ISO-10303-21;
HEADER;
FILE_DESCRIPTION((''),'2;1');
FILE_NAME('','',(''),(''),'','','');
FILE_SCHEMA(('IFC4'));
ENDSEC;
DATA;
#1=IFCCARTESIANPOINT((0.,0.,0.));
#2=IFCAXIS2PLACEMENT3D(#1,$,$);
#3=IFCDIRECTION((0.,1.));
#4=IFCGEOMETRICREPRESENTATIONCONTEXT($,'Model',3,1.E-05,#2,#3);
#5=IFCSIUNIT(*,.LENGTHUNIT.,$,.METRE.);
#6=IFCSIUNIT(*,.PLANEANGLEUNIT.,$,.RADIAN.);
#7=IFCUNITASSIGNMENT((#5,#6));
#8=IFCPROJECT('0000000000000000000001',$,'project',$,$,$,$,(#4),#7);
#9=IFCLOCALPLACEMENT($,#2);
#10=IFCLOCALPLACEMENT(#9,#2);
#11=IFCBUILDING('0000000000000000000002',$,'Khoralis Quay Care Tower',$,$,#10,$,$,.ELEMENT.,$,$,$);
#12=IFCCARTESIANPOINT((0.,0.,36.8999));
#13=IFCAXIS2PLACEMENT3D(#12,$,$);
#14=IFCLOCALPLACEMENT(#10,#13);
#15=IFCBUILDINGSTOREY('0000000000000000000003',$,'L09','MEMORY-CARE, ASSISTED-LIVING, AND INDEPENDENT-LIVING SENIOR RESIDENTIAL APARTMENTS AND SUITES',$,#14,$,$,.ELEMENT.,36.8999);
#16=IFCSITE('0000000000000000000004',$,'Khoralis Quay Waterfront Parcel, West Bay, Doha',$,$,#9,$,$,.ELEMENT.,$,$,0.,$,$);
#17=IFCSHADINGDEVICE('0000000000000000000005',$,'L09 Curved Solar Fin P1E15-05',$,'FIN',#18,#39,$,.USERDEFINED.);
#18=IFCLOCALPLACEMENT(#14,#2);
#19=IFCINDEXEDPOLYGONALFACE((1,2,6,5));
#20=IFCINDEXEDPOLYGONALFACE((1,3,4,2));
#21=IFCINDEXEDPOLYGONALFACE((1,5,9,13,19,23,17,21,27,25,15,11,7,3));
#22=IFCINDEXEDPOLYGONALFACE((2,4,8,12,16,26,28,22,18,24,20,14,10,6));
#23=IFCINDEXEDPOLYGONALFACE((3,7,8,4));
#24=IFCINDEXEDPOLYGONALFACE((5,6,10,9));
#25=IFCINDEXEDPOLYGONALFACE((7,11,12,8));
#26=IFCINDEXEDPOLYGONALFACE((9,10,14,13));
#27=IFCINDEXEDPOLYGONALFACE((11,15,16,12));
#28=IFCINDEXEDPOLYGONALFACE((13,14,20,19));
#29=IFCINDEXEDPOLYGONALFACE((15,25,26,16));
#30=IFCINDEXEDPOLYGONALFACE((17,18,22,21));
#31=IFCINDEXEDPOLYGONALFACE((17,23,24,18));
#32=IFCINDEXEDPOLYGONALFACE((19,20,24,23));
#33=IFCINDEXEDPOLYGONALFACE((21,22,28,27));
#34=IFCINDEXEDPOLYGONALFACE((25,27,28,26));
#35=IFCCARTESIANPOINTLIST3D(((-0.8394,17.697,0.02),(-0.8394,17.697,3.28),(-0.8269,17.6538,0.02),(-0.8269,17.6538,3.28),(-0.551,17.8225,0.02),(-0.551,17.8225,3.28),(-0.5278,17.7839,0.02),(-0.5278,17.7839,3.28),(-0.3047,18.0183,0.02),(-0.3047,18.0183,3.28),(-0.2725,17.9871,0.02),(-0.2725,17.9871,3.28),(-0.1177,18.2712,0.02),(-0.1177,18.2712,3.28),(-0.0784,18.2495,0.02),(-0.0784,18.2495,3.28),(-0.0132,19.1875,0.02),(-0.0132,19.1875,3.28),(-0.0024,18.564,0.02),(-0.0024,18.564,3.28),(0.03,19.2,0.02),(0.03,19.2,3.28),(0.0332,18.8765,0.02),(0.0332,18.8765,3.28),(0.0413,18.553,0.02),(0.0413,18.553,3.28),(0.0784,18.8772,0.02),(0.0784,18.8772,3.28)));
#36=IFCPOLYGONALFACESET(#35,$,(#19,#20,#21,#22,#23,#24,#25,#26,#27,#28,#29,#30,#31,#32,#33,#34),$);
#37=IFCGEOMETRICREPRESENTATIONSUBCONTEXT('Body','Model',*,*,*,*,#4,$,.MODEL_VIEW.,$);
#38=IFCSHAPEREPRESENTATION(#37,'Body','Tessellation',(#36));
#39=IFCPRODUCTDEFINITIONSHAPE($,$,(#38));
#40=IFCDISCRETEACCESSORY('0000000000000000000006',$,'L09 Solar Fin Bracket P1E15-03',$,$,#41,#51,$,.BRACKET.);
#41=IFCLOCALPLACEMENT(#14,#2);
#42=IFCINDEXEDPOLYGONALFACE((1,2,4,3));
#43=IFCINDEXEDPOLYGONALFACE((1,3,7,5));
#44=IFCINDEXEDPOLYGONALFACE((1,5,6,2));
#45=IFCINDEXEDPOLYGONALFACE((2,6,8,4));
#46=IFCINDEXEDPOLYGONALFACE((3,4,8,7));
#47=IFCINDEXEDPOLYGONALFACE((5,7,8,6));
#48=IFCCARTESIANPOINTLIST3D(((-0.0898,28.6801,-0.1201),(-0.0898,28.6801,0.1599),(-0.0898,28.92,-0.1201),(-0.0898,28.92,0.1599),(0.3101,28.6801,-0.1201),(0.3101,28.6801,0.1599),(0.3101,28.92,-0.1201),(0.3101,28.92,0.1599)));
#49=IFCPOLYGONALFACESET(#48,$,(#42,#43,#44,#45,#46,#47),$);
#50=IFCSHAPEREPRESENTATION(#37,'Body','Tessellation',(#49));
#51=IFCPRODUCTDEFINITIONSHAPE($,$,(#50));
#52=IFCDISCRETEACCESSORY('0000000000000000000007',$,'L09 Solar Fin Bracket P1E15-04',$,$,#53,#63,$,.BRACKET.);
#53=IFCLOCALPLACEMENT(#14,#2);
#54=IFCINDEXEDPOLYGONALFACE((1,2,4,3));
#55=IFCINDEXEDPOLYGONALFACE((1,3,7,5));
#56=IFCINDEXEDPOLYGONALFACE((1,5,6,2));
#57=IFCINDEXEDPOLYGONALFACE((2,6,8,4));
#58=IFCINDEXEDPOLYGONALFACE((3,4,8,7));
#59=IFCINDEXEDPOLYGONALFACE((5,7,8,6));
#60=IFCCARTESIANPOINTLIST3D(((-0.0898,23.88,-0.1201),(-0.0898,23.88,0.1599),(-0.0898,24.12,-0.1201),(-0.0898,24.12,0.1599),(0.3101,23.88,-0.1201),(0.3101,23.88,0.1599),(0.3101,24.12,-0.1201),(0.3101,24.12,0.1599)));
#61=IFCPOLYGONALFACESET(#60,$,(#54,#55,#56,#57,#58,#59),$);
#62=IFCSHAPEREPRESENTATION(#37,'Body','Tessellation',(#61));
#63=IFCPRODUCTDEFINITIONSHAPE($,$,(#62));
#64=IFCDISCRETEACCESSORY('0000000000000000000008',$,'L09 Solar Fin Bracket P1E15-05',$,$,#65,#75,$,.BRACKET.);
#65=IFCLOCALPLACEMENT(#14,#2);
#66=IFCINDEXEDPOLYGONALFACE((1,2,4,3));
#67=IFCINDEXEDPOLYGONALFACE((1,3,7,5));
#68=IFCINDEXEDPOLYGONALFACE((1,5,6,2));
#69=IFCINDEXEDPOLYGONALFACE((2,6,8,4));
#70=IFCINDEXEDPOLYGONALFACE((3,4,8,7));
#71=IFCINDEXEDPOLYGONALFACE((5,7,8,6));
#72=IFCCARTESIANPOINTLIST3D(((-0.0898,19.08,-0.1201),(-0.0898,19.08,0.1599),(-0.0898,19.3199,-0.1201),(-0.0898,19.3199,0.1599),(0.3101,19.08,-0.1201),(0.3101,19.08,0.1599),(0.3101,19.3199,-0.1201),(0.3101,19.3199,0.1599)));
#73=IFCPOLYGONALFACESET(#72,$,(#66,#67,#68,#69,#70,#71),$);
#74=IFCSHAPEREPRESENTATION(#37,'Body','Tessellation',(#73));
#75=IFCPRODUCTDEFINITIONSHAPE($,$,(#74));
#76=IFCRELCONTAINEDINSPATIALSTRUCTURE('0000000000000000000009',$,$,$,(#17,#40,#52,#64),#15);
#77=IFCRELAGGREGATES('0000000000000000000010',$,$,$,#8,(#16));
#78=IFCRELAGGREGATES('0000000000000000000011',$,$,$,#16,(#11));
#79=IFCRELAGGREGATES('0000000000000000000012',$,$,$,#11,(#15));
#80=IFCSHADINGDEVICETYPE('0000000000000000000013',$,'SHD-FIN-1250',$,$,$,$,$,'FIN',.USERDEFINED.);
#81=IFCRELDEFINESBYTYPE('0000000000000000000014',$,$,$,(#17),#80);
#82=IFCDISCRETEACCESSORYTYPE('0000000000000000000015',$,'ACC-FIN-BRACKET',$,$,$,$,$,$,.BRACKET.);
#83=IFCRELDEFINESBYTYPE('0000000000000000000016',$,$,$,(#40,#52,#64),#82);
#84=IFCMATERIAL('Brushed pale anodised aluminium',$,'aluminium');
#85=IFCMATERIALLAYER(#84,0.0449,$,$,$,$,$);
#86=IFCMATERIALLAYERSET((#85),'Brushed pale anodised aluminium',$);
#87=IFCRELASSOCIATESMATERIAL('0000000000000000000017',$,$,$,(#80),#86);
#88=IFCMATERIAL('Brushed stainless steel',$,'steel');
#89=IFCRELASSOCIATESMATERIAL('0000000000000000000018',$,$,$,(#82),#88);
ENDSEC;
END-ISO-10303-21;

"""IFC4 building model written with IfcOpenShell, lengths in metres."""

from ifc_helpers import new_model, si_unit, direction, frame, origin, origin_2d, place, context, subcontext, project, spatial, polyline, rectangle, outline, extrude, source, transform, mapped, material, layer, layer_set, type_object, element, save


model = new_model("IFC4")

# Units and contexts
model_context = context("Model", 3, precision=1e-05, world=origin(), true_north=direction((0.0, 1.0)))
body_context = subcontext(model_context, "Body", "Model", "MODEL_VIEW")
ifc_project = project(units=[si_unit("LENGTHUNIT", "METRE"), si_unit("PLANEANGLEUNIT", "RADIAN")], contexts=[model_context])

# Site, building, storey
site_placement = place(None, origin())
site = spatial("IfcSite", under=ifc_project, at=site_placement, Name="Khoralis Quay Waterfront Parcel, West Bay, Doha", CompositionType="ELEMENT", RefElevation=0.0)
building_placement = place(site_placement, origin())
building = spatial("IfcBuilding", under=site, at=building_placement, Name="Khoralis Quay Care Tower", CompositionType="ELEMENT")
storey_placement = place(building_placement, frame((0.0, 0.0, 36.8999)))
storey = spatial("IfcBuildingStorey", under=building, at=storey_placement, Name="L09", Description="MEMORY-CARE, ASSISTED-LIVING, AND INDEPENDENT-LIVING SENIOR RESIDENTIAL APARTMENTS AND SUITES", CompositionType="ELEMENT", Elevation=36.8999)

# Shading device
ifc_material_1 = material(Name="Brushed pale anodised aluminium", Category="aluminium")
ifc_layer_1 = layer(ifc_material_1, 0.0449)
ifc_layer_set_1 = layer_set([ifc_layer_1], Name="Brushed pale anodised aluminium")
shading_device_type = type_object("IfcShadingDeviceType", Name="SHD-FIN-1250", ElementType="FIN", PredefinedType="USERDEFINED", material=ifc_layer_set_1)
shared_shape_1 = source(origin(), body_context, "Body", "SweptSolid", [
    extrude(outline(polyline([(0.0, 0.0), (-0.0483, 0.3228), (-0.0112, 0.647), (0.1084, 0.9504), (0.3025, 1.2129), (0.5579, 1.416), (0.8569, 1.5461), (0.8694, 1.5029), (0.5811, 1.3774), (0.3347, 1.1816), (0.1477, 0.9287), (0.0325, 0.636), (-0.0032, 0.3235), (0.0432, 0.0125), (0.0, 0.0)])), origin(), (0.0, 0.0, 1.0), 3.26),
])
for number, where, z_axis, x_axis, name in (
    (1, (0.03, 19.2, 0.02), (0.0, 0.0, 1.0), (-1.0, 0.0, 0.0), "L09 Curved Solar Fin P1E15-05"),
):
    element("IfcShadingDevice", number, at=place(storey_placement, frame(where, z_axis=z_axis, x_axis=x_axis)), inside=storey, type_object=shading_device_type, Name=name, ObjectType="FIN", PredefinedType="USERDEFINED", context=body_context, shape_type="MappedRepresentation", body=[
        mapped(shared_shape_1, transform((0.0, 0.0, 0.0), scale=1.0)),
    ])

# Discrete accessories
ifc_material_2 = material(Name="Brushed stainless steel", Category="steel")
discrete_accessory_type = type_object("IfcDiscreteAccessoryType", Name="ACC-FIN-BRACKET", PredefinedType="BRACKET", material=ifc_material_2)
shared_shape_2 = source(origin(), body_context, "Body", "SweptSolid", [
    extrude(rectangle(XDim=0.3999, YDim=0.24, at=origin_2d()), origin(), (0.0, 0.0, 1.0), 0.28),
])
for number, where, z_axis, x_axis, name in (
    (2, (0.1101, 28.8, -0.1201), (0.0, 0.0, 1.0), (-1.0, 0.0, 0.0), "L09 Solar Fin Bracket P1E15-03"),
    (3, (0.1101, 24.0, -0.1201), (0.0, 0.0, 1.0), (-1.0, 0.0, 0.0), "L09 Solar Fin Bracket P1E15-04"),
    (4, (0.1101, 19.2, -0.1201), (0.0, 0.0, 1.0), (-1.0, 0.0, 0.0), "L09 Solar Fin Bracket P1E15-05"),
):
    element("IfcDiscreteAccessory", number, at=place(storey_placement, frame(where, z_axis=z_axis, x_axis=x_axis)), inside=storey, type_object=discrete_accessory_type, Name=name, PredefinedType="BRACKET", context=body_context, shape_type="MappedRepresentation", body=[
        mapped(shared_shape_2, transform((0.0, 0.0, 0.0), scale=1.0)),
    ])

save(model, "model.ifc")
